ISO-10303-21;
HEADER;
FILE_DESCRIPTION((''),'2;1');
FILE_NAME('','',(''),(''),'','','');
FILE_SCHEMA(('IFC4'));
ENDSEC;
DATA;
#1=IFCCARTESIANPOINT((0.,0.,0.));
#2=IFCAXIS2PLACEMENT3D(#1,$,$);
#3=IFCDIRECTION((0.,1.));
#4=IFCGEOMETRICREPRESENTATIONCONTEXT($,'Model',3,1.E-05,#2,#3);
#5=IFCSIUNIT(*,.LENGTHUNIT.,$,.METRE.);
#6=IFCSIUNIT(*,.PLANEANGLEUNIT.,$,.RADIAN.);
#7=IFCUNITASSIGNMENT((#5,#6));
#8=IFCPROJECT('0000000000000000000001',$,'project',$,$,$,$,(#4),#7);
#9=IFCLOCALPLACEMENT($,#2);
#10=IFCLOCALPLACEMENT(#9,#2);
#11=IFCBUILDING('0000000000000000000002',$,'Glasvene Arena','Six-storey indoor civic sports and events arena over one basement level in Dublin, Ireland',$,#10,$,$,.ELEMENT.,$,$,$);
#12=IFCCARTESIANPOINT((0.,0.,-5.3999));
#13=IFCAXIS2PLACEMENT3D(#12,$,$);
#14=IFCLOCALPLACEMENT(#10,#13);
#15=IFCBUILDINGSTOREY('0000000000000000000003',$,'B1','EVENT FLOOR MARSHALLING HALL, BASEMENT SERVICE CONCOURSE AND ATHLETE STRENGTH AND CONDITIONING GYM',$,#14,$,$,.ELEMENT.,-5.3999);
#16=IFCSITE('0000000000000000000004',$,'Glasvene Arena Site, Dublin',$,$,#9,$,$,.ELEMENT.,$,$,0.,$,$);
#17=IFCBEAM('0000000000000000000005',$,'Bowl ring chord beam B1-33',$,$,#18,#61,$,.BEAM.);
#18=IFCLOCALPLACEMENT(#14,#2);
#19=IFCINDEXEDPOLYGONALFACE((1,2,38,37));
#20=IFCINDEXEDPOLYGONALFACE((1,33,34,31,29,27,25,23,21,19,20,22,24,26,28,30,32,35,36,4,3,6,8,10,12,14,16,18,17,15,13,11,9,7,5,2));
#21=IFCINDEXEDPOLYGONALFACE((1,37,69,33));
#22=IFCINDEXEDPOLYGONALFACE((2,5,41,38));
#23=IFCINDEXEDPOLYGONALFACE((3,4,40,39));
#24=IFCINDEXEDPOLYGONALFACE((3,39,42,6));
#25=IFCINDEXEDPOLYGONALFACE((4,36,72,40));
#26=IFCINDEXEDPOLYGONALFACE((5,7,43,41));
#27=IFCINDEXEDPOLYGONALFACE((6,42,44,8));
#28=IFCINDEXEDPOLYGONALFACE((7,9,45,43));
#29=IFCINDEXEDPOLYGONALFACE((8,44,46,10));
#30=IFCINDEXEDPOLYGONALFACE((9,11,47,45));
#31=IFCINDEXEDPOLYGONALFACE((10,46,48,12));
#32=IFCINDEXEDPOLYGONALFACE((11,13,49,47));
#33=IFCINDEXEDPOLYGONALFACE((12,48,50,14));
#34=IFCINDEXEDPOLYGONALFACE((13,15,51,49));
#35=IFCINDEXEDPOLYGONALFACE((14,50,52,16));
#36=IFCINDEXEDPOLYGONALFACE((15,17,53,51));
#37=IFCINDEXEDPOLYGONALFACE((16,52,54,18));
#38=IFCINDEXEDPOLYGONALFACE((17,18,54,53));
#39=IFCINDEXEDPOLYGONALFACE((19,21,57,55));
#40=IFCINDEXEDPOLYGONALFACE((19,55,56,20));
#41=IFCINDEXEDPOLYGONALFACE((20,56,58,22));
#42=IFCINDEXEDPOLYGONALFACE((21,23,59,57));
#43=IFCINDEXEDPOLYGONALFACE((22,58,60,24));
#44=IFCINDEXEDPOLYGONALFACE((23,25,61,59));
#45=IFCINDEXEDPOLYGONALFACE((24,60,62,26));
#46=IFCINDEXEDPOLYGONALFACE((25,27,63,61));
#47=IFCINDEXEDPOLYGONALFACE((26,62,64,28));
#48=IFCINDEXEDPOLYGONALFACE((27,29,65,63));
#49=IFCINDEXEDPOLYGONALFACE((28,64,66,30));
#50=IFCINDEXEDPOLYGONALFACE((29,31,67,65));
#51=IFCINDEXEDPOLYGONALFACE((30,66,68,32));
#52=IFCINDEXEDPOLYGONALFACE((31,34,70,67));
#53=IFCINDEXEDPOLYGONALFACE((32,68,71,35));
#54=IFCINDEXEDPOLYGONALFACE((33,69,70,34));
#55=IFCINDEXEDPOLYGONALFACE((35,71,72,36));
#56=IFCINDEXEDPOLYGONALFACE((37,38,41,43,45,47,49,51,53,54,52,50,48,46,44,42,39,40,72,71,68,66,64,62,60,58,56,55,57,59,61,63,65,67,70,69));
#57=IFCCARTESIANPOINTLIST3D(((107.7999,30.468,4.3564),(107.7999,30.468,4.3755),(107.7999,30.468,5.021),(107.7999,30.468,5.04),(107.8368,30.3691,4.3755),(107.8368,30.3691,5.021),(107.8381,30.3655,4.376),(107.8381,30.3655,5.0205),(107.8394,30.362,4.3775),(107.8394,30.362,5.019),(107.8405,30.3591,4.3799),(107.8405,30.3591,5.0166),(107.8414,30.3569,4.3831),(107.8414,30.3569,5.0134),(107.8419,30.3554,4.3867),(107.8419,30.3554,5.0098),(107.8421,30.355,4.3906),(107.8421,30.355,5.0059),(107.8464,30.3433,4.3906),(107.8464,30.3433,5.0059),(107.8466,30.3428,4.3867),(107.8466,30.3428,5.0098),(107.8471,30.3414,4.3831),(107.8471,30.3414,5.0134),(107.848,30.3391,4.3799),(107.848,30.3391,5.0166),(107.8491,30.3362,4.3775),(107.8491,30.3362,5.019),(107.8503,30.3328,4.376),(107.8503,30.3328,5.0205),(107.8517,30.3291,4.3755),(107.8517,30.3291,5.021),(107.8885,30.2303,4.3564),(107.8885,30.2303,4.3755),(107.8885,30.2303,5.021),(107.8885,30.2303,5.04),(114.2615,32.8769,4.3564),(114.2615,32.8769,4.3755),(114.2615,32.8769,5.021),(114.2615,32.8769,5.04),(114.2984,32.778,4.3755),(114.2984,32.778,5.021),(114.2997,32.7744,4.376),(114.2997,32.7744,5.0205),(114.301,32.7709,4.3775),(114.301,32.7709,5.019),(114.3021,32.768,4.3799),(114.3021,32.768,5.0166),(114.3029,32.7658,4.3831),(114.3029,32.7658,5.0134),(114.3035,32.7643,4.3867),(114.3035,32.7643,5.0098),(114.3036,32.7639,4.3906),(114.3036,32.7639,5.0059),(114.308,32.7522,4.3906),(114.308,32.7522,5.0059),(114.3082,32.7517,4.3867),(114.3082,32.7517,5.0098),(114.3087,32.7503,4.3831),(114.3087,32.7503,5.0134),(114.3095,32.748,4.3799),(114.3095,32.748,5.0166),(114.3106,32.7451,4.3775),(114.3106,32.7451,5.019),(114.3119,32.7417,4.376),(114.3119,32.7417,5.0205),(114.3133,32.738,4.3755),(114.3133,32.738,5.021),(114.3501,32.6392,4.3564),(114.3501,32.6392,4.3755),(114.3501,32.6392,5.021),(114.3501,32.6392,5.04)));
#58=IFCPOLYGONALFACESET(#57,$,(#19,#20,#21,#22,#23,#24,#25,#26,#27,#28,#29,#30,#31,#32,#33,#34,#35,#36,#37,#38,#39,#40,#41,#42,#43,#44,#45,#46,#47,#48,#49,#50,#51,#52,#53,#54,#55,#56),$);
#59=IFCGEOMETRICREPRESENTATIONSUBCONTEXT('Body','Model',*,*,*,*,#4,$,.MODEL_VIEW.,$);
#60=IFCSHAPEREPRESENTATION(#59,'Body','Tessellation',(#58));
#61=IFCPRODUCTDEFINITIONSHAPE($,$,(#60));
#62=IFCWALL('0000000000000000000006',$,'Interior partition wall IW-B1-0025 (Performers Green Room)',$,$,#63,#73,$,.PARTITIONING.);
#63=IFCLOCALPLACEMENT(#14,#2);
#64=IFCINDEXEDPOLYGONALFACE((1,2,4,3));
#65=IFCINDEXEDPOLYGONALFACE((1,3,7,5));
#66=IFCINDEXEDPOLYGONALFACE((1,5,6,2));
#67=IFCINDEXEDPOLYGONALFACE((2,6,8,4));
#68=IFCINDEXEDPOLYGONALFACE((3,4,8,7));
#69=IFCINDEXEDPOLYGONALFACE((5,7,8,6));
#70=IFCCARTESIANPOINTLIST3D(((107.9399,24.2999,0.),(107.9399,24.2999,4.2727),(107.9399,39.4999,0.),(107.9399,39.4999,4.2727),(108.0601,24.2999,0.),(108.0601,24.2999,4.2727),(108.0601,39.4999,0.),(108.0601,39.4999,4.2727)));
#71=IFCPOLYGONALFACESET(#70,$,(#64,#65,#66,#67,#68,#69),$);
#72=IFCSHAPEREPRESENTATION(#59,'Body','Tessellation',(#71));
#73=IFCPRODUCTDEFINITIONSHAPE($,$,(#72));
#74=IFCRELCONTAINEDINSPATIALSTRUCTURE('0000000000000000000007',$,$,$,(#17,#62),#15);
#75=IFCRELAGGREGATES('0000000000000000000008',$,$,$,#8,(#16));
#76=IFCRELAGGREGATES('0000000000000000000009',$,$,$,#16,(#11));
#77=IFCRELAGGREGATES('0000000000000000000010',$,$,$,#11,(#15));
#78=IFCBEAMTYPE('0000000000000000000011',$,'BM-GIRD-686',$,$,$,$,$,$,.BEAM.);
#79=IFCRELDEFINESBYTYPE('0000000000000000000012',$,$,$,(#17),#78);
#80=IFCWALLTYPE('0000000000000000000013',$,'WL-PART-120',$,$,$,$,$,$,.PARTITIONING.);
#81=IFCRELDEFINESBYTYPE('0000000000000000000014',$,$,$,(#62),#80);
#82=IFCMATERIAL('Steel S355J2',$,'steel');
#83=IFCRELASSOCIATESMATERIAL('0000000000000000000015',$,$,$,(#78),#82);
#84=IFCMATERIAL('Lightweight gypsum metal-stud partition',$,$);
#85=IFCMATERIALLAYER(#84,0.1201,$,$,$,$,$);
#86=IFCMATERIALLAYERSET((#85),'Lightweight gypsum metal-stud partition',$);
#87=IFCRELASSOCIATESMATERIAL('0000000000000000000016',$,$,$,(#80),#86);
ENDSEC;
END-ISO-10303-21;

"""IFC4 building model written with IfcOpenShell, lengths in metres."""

from ifc_helpers import new_model, si_unit, direction, frame, frame_2d, origin, origin_2d, place, context, subcontext, project, spatial, rectangle, i_section, extrude, material, layer, layer_set, material_profile, profile_set, type_object, element, save


model = new_model("IFC4")

# Units and contexts
model_context = context("Model", 3, precision=1e-05, world=origin(), true_north=direction((0.0, 1.0)))
body_context = subcontext(model_context, "Body", "Model", "MODEL_VIEW")
ifc_project = project(units=[si_unit("LENGTHUNIT", "METRE"), si_unit("PLANEANGLEUNIT", "RADIAN")], contexts=[model_context])

# Site, building, storey
site_placement = place(None, origin())
site = spatial("IfcSite", under=ifc_project, at=site_placement, Name="Glasvene Arena Site, Dublin", CompositionType="ELEMENT", RefElevation=0.0)
building_placement = place(site_placement, origin())
building = spatial("IfcBuilding", under=site, at=building_placement, Name="Glasvene Arena", Description="Six-storey indoor civic sports and events arena over one basement level in Dublin, Ireland", CompositionType="ELEMENT")
storey_placement = place(building_placement, frame((0.0, 0.0, -5.3999)))
storey = spatial("IfcBuildingStorey", under=building, at=storey_placement, Name="B1", Description="EVENT FLOOR MARSHALLING HALL, BASEMENT SERVICE CONCOURSE AND ATHLETE STRENGTH AND CONDITIONING GYM", CompositionType="ELEMENT", Elevation=-5.3999)

# Shared definitions
ifc_material_1 = material(Name="Steel S355J2", Category="steel")

# Beam
ifc_material_profile_1 = material_profile(ifc_material_1, i_section(OverallWidth=0.2537, OverallDepth=0.6836, WebThickness=0.0125, FlangeThickness=0.019, FilletRadius=0.0151, at=origin_2d()), Name="UKB 686x254x140")
ifc_profile_set_1 = profile_set([ifc_material_profile_1], Name="Steel S355J2")
beam_type = type_object("IfcBeamType", Name="BM-GIRD-686", PredefinedType="BEAM", material=ifc_profile_set_1)
beam_placement = place(storey_placement, frame((107.8442, 30.3491, 4.6982), z_axis=(0.937004, 0.349319, 0.0), x_axis=(-0.349319, 0.937004, 0.0)))
element("IfcBeam", 1, at=beam_placement, inside=storey, type_object=beam_type, Name="Bowl ring chord beam B1-33", PredefinedType="BEAM", context=body_context, shape_type="SweptSolid", body=[
    extrude(i_section(OverallWidth=0.2537, OverallDepth=0.6836, WebThickness=0.0125, FlangeThickness=0.019, FilletRadius=0.0151, at=origin_2d()), origin(), (0.0, 0.0, 1.0), 6.896),
])

# Wall
ifc_material_2 = material(Name="Lightweight gypsum metal-stud partition")
ifc_layer = layer(ifc_material_2, 0.1201)
ifc_layer_set = layer_set([ifc_layer], Name="Lightweight gypsum metal-stud partition")
wall_type = type_object("IfcWallType", Name="WL-PART-120", PredefinedType="PARTITIONING", material=ifc_layer_set)
wall_placement = place(storey_placement, frame((108.0, 39.5, 0.0), z_axis=(0.0, 0.0, 1.0), x_axis=(0.0, -1.0, 0.0)))
element("IfcWall", 2, at=wall_placement, inside=storey, type_object=wall_type, Name="Interior partition wall IW-B1-0025 (Performers Green Room)", PredefinedType="PARTITIONING", context=body_context, shape_type="SweptSolid", body=[
    extrude(rectangle(XDim=15.2, YDim=0.1201, at=frame_2d((7.6001, 0.0))), origin(), (0.0, 0.0, 1.0), 4.2727),
])

save(model, "model.ifc")
